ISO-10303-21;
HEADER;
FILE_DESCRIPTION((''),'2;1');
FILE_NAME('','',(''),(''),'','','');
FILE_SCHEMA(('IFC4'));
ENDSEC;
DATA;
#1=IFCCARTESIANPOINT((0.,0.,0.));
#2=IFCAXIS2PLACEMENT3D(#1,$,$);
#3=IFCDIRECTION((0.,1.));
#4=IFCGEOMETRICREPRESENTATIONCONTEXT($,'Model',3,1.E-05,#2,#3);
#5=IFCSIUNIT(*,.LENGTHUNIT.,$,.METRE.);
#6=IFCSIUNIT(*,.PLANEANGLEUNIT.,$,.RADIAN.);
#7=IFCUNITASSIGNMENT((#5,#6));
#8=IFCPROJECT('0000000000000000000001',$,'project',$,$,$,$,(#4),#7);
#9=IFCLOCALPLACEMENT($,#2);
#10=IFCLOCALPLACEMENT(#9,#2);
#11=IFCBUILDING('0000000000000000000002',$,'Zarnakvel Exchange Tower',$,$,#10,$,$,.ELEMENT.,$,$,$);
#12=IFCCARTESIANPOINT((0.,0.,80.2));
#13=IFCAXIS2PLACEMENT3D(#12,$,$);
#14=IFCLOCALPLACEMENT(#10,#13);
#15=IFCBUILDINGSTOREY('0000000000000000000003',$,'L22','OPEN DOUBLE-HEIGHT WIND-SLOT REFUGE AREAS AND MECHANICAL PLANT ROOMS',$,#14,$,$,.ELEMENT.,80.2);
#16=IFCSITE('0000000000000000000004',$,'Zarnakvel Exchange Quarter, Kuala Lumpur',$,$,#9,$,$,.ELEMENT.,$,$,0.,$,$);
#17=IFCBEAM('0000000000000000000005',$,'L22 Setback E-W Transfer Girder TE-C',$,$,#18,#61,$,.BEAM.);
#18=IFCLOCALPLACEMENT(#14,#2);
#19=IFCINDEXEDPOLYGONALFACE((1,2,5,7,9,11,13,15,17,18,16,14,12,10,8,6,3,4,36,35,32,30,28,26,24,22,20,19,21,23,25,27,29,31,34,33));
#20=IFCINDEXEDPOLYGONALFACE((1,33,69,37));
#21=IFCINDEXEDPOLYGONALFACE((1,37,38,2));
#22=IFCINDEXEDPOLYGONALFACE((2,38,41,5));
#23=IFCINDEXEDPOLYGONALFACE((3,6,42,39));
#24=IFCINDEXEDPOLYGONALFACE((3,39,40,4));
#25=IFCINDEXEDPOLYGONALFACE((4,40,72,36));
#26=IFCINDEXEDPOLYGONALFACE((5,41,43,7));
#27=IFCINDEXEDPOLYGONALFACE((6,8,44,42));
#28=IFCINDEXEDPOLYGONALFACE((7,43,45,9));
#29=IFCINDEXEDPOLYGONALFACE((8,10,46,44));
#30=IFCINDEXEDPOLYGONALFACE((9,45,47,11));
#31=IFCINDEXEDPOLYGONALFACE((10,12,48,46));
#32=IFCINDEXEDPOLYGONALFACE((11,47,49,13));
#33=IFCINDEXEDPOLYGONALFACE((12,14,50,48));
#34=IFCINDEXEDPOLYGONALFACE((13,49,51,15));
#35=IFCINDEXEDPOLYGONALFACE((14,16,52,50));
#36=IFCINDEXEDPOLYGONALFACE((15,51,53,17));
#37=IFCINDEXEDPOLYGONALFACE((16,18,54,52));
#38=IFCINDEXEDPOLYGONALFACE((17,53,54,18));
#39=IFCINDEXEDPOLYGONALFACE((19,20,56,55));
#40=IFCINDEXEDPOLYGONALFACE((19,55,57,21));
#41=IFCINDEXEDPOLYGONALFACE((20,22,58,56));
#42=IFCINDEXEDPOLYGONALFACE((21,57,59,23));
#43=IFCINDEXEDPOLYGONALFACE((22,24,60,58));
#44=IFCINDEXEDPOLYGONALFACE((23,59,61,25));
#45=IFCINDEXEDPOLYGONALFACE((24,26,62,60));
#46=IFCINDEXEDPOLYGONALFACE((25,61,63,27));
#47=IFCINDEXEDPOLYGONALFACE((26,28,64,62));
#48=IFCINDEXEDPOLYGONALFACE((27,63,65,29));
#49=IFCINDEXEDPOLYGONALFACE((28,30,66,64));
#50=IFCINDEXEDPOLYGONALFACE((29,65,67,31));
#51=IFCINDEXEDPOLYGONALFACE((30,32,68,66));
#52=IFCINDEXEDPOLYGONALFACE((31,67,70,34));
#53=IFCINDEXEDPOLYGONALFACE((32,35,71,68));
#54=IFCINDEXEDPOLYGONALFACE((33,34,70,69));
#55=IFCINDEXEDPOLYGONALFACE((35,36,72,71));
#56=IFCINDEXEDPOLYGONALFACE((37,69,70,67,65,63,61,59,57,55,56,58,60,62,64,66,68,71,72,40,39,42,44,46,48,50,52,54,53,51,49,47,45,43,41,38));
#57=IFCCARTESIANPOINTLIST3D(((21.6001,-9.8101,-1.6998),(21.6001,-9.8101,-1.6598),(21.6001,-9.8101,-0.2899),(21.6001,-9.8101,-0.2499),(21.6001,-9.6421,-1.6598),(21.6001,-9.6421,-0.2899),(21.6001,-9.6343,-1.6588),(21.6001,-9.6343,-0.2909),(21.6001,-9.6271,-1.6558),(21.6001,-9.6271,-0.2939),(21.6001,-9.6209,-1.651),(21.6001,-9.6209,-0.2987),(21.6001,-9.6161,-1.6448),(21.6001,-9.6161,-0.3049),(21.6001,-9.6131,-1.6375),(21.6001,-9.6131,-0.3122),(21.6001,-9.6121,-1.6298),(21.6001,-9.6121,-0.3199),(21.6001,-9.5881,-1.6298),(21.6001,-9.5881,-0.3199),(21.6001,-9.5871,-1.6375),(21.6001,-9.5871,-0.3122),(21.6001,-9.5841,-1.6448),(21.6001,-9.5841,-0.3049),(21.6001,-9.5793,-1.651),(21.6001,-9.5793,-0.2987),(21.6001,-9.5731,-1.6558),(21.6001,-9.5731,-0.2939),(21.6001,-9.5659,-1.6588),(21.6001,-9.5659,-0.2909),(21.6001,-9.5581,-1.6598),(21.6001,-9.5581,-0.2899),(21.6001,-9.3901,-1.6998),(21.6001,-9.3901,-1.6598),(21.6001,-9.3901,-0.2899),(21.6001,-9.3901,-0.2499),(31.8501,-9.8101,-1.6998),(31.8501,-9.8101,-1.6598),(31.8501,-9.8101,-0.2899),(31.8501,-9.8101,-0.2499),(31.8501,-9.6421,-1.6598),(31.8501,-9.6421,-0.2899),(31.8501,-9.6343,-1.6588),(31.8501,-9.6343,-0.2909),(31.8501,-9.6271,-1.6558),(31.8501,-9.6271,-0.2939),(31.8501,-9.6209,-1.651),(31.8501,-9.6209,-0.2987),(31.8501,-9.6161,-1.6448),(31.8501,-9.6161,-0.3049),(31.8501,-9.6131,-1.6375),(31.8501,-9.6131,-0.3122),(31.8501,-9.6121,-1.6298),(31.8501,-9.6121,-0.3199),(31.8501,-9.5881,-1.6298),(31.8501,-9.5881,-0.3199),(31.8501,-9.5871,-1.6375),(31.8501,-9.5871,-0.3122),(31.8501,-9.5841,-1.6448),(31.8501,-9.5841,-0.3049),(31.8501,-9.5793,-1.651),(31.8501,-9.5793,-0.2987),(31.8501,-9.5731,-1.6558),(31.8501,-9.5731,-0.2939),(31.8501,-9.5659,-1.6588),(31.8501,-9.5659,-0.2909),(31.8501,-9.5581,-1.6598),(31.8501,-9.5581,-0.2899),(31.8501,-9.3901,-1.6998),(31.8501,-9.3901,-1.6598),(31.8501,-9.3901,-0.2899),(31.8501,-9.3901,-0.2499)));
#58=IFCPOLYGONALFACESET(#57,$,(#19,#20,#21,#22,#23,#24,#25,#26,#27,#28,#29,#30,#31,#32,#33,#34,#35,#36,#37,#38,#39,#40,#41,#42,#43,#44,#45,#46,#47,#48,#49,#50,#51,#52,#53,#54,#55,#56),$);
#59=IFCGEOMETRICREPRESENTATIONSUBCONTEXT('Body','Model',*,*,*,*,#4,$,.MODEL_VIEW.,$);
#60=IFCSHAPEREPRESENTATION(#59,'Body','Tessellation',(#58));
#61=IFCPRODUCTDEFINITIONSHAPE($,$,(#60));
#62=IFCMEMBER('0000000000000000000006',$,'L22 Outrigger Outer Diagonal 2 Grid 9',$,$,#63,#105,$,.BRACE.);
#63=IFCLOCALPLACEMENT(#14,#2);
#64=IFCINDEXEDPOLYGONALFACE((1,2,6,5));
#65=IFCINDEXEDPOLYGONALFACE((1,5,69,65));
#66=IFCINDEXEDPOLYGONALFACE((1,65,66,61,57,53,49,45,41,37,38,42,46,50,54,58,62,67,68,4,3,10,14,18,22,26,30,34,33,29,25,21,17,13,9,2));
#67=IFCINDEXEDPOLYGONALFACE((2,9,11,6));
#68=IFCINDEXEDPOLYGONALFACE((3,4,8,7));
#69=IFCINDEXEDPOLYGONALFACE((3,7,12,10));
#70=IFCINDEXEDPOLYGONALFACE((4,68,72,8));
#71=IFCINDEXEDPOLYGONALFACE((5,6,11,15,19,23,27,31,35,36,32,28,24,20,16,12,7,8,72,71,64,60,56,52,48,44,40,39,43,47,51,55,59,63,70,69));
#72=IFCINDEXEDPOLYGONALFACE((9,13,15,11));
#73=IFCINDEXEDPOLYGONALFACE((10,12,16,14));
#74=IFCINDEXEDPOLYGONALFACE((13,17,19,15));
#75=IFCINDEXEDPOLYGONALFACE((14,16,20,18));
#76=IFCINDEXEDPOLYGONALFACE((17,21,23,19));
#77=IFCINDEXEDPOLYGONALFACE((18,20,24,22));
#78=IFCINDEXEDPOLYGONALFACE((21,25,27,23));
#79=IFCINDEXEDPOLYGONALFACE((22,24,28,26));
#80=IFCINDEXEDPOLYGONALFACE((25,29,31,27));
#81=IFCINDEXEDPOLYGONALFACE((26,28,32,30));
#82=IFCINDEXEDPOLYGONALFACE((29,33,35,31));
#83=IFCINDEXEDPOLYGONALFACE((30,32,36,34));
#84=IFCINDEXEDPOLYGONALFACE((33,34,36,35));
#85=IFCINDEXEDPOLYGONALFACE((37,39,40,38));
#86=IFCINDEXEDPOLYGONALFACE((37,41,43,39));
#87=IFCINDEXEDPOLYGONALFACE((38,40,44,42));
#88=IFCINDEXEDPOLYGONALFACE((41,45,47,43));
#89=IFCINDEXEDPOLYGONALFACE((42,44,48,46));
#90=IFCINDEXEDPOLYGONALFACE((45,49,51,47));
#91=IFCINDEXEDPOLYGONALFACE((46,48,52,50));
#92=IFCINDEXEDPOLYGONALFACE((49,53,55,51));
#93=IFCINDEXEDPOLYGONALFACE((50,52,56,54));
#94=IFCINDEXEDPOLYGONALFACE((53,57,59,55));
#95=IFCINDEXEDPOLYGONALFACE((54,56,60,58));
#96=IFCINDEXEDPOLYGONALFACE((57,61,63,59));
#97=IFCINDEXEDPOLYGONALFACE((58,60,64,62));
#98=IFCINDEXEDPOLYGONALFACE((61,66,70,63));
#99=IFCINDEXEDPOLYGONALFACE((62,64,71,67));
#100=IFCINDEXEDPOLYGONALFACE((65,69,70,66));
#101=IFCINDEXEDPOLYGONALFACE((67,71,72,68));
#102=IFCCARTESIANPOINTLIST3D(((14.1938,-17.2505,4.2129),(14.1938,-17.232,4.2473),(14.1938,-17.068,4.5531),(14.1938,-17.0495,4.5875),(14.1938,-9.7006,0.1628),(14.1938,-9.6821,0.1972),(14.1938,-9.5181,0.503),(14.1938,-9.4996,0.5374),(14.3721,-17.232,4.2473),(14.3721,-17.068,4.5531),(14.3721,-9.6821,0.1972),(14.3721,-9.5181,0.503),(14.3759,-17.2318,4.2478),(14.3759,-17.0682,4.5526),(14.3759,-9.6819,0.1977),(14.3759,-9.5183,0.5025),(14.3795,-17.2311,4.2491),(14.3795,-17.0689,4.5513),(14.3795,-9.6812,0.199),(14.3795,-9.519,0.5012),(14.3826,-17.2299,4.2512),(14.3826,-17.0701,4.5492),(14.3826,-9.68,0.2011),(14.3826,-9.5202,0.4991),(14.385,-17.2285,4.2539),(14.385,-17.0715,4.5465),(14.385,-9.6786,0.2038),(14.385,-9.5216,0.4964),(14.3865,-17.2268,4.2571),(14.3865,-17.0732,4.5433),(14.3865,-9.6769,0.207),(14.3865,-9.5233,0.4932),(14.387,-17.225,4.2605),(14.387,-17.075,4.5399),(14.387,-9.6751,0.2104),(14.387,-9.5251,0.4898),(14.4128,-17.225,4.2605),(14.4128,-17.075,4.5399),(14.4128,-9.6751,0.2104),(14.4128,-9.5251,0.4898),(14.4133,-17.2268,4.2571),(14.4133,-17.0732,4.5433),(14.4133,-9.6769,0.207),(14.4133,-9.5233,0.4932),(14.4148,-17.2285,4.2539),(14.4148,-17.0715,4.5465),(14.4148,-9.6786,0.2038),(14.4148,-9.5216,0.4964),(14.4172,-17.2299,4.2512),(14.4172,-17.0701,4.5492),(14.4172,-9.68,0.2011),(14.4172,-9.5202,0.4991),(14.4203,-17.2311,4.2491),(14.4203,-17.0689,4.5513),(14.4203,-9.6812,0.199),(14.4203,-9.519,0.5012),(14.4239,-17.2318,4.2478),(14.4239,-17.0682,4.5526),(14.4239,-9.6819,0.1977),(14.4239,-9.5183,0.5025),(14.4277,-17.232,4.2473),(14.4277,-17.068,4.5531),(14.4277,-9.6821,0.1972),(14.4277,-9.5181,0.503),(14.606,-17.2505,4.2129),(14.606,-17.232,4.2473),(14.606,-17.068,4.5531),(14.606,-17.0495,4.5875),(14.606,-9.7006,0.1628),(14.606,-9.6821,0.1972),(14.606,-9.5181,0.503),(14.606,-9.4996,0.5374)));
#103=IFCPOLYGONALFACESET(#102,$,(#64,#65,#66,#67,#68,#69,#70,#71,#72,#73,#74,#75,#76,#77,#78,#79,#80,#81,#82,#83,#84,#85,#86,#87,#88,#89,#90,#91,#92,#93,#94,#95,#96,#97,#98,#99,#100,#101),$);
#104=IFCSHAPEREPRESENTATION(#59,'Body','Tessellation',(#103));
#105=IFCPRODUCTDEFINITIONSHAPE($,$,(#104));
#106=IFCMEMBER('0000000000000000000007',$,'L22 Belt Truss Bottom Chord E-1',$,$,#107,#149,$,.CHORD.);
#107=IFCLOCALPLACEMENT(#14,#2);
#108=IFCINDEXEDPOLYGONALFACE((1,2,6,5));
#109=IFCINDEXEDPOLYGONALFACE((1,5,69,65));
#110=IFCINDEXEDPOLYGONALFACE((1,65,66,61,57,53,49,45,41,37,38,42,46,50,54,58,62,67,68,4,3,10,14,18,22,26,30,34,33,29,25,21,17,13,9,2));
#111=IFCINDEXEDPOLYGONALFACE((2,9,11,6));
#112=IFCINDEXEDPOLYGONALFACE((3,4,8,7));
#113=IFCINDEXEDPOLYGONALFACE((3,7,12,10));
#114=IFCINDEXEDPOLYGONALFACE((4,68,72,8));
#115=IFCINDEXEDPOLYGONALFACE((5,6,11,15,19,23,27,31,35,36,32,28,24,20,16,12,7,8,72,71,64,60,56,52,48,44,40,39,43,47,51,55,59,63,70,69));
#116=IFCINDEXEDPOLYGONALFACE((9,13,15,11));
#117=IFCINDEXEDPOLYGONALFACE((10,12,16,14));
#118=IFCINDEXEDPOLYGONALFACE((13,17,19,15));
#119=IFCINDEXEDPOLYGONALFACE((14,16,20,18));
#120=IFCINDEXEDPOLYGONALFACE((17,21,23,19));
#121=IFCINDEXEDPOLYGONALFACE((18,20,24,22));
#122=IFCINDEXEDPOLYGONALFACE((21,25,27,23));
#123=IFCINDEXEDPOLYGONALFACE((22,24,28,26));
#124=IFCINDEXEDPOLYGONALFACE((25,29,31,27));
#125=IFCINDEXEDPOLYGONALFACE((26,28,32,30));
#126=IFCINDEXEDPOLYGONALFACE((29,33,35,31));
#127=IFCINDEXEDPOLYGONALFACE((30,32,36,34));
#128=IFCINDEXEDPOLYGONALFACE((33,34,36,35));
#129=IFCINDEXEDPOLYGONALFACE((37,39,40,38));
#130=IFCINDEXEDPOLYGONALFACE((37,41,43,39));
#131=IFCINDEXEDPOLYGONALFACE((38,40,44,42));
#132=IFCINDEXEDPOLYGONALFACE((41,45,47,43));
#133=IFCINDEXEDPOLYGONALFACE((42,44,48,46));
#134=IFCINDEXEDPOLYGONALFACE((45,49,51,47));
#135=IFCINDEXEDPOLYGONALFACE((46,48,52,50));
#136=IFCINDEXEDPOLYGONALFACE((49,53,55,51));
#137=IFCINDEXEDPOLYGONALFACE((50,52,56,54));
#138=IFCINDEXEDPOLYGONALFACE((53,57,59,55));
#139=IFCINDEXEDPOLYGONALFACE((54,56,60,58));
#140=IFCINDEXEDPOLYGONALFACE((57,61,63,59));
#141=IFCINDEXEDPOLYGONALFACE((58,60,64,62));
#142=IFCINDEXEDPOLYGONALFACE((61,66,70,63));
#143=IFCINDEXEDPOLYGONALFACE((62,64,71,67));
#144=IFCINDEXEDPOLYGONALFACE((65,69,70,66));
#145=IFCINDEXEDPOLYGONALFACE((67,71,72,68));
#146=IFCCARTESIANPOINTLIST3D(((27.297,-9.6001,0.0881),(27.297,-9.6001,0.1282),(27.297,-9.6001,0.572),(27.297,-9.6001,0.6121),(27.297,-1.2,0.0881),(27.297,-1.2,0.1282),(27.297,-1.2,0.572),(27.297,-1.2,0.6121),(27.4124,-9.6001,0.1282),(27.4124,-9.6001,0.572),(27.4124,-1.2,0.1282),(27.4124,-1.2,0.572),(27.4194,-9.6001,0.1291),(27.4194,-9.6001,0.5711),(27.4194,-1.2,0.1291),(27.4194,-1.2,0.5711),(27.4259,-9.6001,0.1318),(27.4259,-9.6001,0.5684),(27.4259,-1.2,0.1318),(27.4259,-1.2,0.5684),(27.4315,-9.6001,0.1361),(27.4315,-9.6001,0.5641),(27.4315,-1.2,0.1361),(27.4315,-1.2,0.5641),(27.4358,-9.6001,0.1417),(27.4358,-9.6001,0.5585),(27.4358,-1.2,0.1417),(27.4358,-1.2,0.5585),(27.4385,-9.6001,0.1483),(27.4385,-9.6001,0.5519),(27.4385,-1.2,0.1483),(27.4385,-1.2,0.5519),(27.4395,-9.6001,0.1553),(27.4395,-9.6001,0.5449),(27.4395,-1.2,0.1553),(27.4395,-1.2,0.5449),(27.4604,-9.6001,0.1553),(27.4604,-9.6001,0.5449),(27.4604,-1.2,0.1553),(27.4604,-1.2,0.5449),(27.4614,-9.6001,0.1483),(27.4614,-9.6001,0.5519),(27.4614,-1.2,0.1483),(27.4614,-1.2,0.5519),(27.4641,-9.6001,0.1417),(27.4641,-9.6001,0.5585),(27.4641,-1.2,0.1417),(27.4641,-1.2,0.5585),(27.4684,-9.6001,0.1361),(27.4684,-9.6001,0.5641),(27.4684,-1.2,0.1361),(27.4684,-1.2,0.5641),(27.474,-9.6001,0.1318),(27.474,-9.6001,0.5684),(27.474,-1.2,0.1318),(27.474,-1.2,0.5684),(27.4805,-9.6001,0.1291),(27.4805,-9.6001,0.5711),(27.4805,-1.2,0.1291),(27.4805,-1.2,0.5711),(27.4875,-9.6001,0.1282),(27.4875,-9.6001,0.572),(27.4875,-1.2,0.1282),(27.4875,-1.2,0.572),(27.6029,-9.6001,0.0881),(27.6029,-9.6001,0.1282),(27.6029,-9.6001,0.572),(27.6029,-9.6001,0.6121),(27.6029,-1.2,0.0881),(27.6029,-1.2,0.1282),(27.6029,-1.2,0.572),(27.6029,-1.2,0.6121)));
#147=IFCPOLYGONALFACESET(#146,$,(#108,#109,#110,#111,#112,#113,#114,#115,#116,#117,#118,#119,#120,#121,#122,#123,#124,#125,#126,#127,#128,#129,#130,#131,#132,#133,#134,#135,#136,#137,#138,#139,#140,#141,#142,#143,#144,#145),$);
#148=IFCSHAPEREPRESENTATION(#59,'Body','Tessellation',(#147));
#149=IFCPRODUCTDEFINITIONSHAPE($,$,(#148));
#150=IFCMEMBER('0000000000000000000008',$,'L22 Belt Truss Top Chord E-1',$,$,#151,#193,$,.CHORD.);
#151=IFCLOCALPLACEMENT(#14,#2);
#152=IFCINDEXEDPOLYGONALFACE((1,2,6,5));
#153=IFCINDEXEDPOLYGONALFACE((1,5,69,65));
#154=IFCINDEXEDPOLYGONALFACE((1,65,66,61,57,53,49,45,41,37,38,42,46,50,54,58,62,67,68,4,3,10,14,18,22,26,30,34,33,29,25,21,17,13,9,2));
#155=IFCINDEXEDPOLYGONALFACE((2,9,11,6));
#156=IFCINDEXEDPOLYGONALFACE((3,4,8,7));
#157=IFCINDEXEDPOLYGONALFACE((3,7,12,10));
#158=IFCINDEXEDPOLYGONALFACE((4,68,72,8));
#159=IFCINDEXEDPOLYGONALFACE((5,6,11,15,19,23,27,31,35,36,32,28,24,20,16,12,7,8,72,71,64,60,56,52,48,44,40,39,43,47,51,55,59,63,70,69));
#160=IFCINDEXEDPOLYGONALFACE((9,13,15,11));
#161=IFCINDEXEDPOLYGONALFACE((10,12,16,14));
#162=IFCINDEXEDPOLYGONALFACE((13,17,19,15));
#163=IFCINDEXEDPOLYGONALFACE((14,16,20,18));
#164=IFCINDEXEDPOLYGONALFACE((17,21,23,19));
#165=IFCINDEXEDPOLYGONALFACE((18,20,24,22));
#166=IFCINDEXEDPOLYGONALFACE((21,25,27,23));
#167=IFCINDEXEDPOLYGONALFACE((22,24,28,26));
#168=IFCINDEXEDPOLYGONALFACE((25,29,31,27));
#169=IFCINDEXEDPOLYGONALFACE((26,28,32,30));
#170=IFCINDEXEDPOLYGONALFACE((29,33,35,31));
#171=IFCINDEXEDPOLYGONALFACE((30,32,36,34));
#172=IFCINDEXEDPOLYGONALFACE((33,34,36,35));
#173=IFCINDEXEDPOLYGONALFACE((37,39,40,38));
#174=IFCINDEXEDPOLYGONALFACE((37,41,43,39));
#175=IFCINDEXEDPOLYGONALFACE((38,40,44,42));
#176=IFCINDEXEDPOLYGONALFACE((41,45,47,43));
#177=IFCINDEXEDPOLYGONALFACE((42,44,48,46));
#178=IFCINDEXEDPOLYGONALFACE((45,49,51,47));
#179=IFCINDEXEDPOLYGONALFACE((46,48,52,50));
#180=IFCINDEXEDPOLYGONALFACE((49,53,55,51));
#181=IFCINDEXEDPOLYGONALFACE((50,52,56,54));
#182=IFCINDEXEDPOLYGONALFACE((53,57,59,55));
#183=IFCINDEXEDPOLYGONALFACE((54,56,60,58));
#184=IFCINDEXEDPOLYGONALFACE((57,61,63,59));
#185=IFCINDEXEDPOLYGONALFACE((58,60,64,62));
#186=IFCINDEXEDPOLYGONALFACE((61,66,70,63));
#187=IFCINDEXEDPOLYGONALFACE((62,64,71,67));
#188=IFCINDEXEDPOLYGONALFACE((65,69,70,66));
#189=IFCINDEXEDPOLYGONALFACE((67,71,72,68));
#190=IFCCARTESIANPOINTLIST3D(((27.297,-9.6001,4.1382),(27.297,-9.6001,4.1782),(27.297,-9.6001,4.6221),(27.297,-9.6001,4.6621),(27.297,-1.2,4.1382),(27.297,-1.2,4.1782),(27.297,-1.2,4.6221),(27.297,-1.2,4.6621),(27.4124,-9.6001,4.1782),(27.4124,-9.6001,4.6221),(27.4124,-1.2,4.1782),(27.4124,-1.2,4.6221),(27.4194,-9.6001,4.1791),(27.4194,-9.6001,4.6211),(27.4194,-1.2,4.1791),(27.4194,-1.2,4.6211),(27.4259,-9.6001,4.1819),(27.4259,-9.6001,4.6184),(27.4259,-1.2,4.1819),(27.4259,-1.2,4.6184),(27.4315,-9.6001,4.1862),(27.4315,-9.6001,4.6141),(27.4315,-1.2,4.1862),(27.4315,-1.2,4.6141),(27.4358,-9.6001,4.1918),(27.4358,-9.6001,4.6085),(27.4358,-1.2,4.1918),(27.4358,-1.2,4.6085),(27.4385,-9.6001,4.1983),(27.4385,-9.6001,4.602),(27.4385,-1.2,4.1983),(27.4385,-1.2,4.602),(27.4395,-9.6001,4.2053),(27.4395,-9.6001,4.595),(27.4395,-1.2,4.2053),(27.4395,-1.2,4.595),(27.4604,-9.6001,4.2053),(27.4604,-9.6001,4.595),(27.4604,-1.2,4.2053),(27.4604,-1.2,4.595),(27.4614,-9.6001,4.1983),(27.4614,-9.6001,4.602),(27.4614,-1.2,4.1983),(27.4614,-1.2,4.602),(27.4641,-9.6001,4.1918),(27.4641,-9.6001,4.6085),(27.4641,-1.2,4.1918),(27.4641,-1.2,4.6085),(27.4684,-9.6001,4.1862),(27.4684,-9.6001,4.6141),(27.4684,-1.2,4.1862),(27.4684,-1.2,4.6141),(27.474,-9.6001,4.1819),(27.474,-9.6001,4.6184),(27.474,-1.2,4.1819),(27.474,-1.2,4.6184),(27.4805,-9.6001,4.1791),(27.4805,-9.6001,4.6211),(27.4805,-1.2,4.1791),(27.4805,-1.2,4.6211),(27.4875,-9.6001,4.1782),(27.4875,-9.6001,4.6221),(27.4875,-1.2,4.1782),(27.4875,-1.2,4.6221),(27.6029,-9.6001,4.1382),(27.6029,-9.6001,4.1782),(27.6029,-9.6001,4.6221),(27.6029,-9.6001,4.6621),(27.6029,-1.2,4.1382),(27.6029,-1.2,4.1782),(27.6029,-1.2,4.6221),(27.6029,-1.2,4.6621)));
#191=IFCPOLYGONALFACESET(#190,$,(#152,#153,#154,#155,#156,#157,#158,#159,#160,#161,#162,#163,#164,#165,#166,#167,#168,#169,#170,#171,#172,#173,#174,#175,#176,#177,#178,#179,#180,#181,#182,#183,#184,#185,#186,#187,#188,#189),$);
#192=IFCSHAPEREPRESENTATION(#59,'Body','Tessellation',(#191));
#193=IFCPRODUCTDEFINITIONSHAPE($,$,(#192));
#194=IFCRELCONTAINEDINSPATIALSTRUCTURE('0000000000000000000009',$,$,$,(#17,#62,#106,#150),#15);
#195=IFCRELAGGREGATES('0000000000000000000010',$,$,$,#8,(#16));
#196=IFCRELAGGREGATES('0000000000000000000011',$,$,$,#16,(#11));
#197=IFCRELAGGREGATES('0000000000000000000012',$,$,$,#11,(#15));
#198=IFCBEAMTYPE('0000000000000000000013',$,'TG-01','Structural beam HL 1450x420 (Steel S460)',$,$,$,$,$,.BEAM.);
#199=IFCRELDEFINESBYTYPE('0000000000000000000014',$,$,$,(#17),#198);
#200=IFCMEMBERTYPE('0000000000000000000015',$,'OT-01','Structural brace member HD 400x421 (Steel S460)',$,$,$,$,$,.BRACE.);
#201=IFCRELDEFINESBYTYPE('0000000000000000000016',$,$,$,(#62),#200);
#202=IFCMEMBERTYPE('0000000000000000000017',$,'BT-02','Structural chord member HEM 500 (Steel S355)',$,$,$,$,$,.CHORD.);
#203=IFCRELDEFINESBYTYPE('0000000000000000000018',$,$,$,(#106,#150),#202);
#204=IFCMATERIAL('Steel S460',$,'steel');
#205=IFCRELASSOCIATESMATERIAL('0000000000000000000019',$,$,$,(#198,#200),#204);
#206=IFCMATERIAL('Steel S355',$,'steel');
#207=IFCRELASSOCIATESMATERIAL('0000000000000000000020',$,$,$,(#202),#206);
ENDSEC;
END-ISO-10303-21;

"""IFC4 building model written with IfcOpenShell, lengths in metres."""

from ifc_helpers import new_model, si_unit, direction, frame, origin, origin_2d, place, context, subcontext, project, spatial, i_section, extrude, source, transform, mapped, material, material_profile, profile_set, type_object, element, save


model = new_model("IFC4")

# Units and contexts
model_context = context("Model", 3, precision=1e-05, world=origin(), true_north=direction((0.0, 1.0)))
body_context = subcontext(model_context, "Body", "Model", "MODEL_VIEW")
ifc_project = project(units=[si_unit("LENGTHUNIT", "METRE"), si_unit("PLANEANGLEUNIT", "RADIAN")], contexts=[model_context])

# Site, building, storey
site_placement = place(None, origin())
site = spatial("IfcSite", under=ifc_project, at=site_placement, Name="Zarnakvel Exchange Quarter, Kuala Lumpur", CompositionType="ELEMENT", RefElevation=0.0)
building_placement = place(site_placement, origin())
building = spatial("IfcBuilding", under=site, at=building_placement, Name="Zarnakvel Exchange Tower", CompositionType="ELEMENT")
storey_placement = place(building_placement, frame((0.0, 0.0, 80.2)))
storey = spatial("IfcBuildingStorey", under=building, at=storey_placement, Name="L22", Description="OPEN DOUBLE-HEIGHT WIND-SLOT REFUGE AREAS AND MECHANICAL PLANT ROOMS", CompositionType="ELEMENT", Elevation=80.2)

# Shared definitions
ifc_material_1 = material(Name="Steel S355", Category="steel")

# Beam
ifc_material_2 = material(Name="Steel S460", Category="steel")
ifc_material_profile_1 = material_profile(ifc_material_2, i_section(OverallWidth=0.4199, OverallDepth=1.45, WebThickness=0.0239, FlangeThickness=0.04, FilletRadius=0.03, at=origin_2d()))
ifc_profile_set_1 = profile_set([ifc_material_profile_1], Name="Steel S460")
beam_type_1 = type_object("IfcBeamType", Name="TG-01", Description="Structural beam HL 1450x420 (Steel S460)", PredefinedType="BEAM", material=ifc_profile_set_1)
beam_1_placement = place(storey_placement, frame((21.6001, -9.6001, -0.9749), z_axis=(1.0, 0.0, 0.0), x_axis=(0.0, 1.0, 0.0)))
element("IfcBeam", 1, at=beam_1_placement, inside=storey, type_object=beam_type_1, Name="L22 Setback E-W Transfer Girder TE-C", PredefinedType="BEAM", context=body_context, shape_type="SweptSolid", body=[
    extrude(i_section(OverallWidth=0.4199, OverallDepth=1.45, WebThickness=0.0239, FlangeThickness=0.04, FilletRadius=0.03, at=origin_2d()), origin(), (0.0, 0.0, 1.0), 10.25),
])

# Members
ifc_material_profile_2 = material_profile(ifc_material_2, i_section(OverallWidth=0.4121, OverallDepth=0.425, WebThickness=0.0259, FlangeThickness=0.0391, FilletRadius=0.0149, at=origin_2d()))
ifc_profile_set_2 = profile_set([ifc_material_profile_2], Name="Steel S460")
member_type_1 = type_object("IfcMemberType", Name="OT-01", Description="Structural brace member HD 400x421 (Steel S460)", PredefinedType="BRACE", material=ifc_profile_set_2)
shared_shape_1 = source(origin(), body_context, "Body", "SweptSolid", [
    extrude(i_section(OverallWidth=0.4121, OverallDepth=0.425, WebThickness=0.0259, FlangeThickness=0.0391, FilletRadius=0.0149, at=origin_2d()), origin(), (0.0, 0.0, 1.0), 8.5676),
])
member_1_placement = place(storey_placement, frame((14.3999, -9.6001, 0.3501), z_axis=(0.0, -0.881212, 0.472721), x_axis=(1.0, 0.0, 0.0)))
element("IfcMember", 2, at=member_1_placement, inside=storey, type_object=member_type_1, Name="L22 Outrigger Outer Diagonal 2 Grid 9", PredefinedType="BRACE", context=body_context, shape_type="MappedRepresentation", body=[
    mapped(shared_shape_1, transform((0.0, 0.0, 0.0), x_axis=(1.0, 0.0, 0.0), y_axis=(0.0, 1.0, 0.0), z_axis=(0.0, 0.0, 1.0), scale=1.0)),
])
ifc_material_profile_3 = material_profile(ifc_material_1, i_section(OverallWidth=0.3059, OverallDepth=0.5239, WebThickness=0.021, FlangeThickness=0.04, FilletRadius=0.0271, at=origin_2d()))
ifc_profile_set_3 = profile_set([ifc_material_profile_3], Name="Steel S355")
member_type_2 = type_object("IfcMemberType", Name="BT-02", Description="Structural chord member HEM 500 (Steel S355)", PredefinedType="CHORD", material=ifc_profile_set_3)
shared_shape_2 = source(origin(), body_context, "Body", "SweptSolid", [
    extrude(i_section(OverallWidth=0.3059, OverallDepth=0.5239, WebThickness=0.021, FlangeThickness=0.04, FilletRadius=0.0271, at=origin_2d()), origin(), (0.0, 0.0, 1.0), 8.4001),
])
for number, where, z_axis, x_axis, name in (
    (3, (27.45, -9.6001, 0.3501), (0.0, 1.0, 0.0), (-1.0, 0.0, 0.0), "L22 Belt Truss Bottom Chord E-1"),
    (4, (27.45, -9.6001, 4.4001), (0.0, 1.0, 0.0), (-1.0, 0.0, 0.0), "L22 Belt Truss Top Chord E-1"),
):
    element("IfcMember", number, at=place(storey_placement, frame(where, z_axis=z_axis, x_axis=x_axis)), inside=storey, type_object=member_type_2, Name=name, PredefinedType="CHORD", context=body_context, shape_type="MappedRepresentation", body=[
        mapped(shared_shape_2, transform((0.0, 0.0, 0.0), x_axis=(1.0, 0.0, 0.0), y_axis=(0.0, 1.0, 0.0), z_axis=(0.0, 0.0, 1.0), scale=1.0)),
    ])

save(model, "model.ifc")
